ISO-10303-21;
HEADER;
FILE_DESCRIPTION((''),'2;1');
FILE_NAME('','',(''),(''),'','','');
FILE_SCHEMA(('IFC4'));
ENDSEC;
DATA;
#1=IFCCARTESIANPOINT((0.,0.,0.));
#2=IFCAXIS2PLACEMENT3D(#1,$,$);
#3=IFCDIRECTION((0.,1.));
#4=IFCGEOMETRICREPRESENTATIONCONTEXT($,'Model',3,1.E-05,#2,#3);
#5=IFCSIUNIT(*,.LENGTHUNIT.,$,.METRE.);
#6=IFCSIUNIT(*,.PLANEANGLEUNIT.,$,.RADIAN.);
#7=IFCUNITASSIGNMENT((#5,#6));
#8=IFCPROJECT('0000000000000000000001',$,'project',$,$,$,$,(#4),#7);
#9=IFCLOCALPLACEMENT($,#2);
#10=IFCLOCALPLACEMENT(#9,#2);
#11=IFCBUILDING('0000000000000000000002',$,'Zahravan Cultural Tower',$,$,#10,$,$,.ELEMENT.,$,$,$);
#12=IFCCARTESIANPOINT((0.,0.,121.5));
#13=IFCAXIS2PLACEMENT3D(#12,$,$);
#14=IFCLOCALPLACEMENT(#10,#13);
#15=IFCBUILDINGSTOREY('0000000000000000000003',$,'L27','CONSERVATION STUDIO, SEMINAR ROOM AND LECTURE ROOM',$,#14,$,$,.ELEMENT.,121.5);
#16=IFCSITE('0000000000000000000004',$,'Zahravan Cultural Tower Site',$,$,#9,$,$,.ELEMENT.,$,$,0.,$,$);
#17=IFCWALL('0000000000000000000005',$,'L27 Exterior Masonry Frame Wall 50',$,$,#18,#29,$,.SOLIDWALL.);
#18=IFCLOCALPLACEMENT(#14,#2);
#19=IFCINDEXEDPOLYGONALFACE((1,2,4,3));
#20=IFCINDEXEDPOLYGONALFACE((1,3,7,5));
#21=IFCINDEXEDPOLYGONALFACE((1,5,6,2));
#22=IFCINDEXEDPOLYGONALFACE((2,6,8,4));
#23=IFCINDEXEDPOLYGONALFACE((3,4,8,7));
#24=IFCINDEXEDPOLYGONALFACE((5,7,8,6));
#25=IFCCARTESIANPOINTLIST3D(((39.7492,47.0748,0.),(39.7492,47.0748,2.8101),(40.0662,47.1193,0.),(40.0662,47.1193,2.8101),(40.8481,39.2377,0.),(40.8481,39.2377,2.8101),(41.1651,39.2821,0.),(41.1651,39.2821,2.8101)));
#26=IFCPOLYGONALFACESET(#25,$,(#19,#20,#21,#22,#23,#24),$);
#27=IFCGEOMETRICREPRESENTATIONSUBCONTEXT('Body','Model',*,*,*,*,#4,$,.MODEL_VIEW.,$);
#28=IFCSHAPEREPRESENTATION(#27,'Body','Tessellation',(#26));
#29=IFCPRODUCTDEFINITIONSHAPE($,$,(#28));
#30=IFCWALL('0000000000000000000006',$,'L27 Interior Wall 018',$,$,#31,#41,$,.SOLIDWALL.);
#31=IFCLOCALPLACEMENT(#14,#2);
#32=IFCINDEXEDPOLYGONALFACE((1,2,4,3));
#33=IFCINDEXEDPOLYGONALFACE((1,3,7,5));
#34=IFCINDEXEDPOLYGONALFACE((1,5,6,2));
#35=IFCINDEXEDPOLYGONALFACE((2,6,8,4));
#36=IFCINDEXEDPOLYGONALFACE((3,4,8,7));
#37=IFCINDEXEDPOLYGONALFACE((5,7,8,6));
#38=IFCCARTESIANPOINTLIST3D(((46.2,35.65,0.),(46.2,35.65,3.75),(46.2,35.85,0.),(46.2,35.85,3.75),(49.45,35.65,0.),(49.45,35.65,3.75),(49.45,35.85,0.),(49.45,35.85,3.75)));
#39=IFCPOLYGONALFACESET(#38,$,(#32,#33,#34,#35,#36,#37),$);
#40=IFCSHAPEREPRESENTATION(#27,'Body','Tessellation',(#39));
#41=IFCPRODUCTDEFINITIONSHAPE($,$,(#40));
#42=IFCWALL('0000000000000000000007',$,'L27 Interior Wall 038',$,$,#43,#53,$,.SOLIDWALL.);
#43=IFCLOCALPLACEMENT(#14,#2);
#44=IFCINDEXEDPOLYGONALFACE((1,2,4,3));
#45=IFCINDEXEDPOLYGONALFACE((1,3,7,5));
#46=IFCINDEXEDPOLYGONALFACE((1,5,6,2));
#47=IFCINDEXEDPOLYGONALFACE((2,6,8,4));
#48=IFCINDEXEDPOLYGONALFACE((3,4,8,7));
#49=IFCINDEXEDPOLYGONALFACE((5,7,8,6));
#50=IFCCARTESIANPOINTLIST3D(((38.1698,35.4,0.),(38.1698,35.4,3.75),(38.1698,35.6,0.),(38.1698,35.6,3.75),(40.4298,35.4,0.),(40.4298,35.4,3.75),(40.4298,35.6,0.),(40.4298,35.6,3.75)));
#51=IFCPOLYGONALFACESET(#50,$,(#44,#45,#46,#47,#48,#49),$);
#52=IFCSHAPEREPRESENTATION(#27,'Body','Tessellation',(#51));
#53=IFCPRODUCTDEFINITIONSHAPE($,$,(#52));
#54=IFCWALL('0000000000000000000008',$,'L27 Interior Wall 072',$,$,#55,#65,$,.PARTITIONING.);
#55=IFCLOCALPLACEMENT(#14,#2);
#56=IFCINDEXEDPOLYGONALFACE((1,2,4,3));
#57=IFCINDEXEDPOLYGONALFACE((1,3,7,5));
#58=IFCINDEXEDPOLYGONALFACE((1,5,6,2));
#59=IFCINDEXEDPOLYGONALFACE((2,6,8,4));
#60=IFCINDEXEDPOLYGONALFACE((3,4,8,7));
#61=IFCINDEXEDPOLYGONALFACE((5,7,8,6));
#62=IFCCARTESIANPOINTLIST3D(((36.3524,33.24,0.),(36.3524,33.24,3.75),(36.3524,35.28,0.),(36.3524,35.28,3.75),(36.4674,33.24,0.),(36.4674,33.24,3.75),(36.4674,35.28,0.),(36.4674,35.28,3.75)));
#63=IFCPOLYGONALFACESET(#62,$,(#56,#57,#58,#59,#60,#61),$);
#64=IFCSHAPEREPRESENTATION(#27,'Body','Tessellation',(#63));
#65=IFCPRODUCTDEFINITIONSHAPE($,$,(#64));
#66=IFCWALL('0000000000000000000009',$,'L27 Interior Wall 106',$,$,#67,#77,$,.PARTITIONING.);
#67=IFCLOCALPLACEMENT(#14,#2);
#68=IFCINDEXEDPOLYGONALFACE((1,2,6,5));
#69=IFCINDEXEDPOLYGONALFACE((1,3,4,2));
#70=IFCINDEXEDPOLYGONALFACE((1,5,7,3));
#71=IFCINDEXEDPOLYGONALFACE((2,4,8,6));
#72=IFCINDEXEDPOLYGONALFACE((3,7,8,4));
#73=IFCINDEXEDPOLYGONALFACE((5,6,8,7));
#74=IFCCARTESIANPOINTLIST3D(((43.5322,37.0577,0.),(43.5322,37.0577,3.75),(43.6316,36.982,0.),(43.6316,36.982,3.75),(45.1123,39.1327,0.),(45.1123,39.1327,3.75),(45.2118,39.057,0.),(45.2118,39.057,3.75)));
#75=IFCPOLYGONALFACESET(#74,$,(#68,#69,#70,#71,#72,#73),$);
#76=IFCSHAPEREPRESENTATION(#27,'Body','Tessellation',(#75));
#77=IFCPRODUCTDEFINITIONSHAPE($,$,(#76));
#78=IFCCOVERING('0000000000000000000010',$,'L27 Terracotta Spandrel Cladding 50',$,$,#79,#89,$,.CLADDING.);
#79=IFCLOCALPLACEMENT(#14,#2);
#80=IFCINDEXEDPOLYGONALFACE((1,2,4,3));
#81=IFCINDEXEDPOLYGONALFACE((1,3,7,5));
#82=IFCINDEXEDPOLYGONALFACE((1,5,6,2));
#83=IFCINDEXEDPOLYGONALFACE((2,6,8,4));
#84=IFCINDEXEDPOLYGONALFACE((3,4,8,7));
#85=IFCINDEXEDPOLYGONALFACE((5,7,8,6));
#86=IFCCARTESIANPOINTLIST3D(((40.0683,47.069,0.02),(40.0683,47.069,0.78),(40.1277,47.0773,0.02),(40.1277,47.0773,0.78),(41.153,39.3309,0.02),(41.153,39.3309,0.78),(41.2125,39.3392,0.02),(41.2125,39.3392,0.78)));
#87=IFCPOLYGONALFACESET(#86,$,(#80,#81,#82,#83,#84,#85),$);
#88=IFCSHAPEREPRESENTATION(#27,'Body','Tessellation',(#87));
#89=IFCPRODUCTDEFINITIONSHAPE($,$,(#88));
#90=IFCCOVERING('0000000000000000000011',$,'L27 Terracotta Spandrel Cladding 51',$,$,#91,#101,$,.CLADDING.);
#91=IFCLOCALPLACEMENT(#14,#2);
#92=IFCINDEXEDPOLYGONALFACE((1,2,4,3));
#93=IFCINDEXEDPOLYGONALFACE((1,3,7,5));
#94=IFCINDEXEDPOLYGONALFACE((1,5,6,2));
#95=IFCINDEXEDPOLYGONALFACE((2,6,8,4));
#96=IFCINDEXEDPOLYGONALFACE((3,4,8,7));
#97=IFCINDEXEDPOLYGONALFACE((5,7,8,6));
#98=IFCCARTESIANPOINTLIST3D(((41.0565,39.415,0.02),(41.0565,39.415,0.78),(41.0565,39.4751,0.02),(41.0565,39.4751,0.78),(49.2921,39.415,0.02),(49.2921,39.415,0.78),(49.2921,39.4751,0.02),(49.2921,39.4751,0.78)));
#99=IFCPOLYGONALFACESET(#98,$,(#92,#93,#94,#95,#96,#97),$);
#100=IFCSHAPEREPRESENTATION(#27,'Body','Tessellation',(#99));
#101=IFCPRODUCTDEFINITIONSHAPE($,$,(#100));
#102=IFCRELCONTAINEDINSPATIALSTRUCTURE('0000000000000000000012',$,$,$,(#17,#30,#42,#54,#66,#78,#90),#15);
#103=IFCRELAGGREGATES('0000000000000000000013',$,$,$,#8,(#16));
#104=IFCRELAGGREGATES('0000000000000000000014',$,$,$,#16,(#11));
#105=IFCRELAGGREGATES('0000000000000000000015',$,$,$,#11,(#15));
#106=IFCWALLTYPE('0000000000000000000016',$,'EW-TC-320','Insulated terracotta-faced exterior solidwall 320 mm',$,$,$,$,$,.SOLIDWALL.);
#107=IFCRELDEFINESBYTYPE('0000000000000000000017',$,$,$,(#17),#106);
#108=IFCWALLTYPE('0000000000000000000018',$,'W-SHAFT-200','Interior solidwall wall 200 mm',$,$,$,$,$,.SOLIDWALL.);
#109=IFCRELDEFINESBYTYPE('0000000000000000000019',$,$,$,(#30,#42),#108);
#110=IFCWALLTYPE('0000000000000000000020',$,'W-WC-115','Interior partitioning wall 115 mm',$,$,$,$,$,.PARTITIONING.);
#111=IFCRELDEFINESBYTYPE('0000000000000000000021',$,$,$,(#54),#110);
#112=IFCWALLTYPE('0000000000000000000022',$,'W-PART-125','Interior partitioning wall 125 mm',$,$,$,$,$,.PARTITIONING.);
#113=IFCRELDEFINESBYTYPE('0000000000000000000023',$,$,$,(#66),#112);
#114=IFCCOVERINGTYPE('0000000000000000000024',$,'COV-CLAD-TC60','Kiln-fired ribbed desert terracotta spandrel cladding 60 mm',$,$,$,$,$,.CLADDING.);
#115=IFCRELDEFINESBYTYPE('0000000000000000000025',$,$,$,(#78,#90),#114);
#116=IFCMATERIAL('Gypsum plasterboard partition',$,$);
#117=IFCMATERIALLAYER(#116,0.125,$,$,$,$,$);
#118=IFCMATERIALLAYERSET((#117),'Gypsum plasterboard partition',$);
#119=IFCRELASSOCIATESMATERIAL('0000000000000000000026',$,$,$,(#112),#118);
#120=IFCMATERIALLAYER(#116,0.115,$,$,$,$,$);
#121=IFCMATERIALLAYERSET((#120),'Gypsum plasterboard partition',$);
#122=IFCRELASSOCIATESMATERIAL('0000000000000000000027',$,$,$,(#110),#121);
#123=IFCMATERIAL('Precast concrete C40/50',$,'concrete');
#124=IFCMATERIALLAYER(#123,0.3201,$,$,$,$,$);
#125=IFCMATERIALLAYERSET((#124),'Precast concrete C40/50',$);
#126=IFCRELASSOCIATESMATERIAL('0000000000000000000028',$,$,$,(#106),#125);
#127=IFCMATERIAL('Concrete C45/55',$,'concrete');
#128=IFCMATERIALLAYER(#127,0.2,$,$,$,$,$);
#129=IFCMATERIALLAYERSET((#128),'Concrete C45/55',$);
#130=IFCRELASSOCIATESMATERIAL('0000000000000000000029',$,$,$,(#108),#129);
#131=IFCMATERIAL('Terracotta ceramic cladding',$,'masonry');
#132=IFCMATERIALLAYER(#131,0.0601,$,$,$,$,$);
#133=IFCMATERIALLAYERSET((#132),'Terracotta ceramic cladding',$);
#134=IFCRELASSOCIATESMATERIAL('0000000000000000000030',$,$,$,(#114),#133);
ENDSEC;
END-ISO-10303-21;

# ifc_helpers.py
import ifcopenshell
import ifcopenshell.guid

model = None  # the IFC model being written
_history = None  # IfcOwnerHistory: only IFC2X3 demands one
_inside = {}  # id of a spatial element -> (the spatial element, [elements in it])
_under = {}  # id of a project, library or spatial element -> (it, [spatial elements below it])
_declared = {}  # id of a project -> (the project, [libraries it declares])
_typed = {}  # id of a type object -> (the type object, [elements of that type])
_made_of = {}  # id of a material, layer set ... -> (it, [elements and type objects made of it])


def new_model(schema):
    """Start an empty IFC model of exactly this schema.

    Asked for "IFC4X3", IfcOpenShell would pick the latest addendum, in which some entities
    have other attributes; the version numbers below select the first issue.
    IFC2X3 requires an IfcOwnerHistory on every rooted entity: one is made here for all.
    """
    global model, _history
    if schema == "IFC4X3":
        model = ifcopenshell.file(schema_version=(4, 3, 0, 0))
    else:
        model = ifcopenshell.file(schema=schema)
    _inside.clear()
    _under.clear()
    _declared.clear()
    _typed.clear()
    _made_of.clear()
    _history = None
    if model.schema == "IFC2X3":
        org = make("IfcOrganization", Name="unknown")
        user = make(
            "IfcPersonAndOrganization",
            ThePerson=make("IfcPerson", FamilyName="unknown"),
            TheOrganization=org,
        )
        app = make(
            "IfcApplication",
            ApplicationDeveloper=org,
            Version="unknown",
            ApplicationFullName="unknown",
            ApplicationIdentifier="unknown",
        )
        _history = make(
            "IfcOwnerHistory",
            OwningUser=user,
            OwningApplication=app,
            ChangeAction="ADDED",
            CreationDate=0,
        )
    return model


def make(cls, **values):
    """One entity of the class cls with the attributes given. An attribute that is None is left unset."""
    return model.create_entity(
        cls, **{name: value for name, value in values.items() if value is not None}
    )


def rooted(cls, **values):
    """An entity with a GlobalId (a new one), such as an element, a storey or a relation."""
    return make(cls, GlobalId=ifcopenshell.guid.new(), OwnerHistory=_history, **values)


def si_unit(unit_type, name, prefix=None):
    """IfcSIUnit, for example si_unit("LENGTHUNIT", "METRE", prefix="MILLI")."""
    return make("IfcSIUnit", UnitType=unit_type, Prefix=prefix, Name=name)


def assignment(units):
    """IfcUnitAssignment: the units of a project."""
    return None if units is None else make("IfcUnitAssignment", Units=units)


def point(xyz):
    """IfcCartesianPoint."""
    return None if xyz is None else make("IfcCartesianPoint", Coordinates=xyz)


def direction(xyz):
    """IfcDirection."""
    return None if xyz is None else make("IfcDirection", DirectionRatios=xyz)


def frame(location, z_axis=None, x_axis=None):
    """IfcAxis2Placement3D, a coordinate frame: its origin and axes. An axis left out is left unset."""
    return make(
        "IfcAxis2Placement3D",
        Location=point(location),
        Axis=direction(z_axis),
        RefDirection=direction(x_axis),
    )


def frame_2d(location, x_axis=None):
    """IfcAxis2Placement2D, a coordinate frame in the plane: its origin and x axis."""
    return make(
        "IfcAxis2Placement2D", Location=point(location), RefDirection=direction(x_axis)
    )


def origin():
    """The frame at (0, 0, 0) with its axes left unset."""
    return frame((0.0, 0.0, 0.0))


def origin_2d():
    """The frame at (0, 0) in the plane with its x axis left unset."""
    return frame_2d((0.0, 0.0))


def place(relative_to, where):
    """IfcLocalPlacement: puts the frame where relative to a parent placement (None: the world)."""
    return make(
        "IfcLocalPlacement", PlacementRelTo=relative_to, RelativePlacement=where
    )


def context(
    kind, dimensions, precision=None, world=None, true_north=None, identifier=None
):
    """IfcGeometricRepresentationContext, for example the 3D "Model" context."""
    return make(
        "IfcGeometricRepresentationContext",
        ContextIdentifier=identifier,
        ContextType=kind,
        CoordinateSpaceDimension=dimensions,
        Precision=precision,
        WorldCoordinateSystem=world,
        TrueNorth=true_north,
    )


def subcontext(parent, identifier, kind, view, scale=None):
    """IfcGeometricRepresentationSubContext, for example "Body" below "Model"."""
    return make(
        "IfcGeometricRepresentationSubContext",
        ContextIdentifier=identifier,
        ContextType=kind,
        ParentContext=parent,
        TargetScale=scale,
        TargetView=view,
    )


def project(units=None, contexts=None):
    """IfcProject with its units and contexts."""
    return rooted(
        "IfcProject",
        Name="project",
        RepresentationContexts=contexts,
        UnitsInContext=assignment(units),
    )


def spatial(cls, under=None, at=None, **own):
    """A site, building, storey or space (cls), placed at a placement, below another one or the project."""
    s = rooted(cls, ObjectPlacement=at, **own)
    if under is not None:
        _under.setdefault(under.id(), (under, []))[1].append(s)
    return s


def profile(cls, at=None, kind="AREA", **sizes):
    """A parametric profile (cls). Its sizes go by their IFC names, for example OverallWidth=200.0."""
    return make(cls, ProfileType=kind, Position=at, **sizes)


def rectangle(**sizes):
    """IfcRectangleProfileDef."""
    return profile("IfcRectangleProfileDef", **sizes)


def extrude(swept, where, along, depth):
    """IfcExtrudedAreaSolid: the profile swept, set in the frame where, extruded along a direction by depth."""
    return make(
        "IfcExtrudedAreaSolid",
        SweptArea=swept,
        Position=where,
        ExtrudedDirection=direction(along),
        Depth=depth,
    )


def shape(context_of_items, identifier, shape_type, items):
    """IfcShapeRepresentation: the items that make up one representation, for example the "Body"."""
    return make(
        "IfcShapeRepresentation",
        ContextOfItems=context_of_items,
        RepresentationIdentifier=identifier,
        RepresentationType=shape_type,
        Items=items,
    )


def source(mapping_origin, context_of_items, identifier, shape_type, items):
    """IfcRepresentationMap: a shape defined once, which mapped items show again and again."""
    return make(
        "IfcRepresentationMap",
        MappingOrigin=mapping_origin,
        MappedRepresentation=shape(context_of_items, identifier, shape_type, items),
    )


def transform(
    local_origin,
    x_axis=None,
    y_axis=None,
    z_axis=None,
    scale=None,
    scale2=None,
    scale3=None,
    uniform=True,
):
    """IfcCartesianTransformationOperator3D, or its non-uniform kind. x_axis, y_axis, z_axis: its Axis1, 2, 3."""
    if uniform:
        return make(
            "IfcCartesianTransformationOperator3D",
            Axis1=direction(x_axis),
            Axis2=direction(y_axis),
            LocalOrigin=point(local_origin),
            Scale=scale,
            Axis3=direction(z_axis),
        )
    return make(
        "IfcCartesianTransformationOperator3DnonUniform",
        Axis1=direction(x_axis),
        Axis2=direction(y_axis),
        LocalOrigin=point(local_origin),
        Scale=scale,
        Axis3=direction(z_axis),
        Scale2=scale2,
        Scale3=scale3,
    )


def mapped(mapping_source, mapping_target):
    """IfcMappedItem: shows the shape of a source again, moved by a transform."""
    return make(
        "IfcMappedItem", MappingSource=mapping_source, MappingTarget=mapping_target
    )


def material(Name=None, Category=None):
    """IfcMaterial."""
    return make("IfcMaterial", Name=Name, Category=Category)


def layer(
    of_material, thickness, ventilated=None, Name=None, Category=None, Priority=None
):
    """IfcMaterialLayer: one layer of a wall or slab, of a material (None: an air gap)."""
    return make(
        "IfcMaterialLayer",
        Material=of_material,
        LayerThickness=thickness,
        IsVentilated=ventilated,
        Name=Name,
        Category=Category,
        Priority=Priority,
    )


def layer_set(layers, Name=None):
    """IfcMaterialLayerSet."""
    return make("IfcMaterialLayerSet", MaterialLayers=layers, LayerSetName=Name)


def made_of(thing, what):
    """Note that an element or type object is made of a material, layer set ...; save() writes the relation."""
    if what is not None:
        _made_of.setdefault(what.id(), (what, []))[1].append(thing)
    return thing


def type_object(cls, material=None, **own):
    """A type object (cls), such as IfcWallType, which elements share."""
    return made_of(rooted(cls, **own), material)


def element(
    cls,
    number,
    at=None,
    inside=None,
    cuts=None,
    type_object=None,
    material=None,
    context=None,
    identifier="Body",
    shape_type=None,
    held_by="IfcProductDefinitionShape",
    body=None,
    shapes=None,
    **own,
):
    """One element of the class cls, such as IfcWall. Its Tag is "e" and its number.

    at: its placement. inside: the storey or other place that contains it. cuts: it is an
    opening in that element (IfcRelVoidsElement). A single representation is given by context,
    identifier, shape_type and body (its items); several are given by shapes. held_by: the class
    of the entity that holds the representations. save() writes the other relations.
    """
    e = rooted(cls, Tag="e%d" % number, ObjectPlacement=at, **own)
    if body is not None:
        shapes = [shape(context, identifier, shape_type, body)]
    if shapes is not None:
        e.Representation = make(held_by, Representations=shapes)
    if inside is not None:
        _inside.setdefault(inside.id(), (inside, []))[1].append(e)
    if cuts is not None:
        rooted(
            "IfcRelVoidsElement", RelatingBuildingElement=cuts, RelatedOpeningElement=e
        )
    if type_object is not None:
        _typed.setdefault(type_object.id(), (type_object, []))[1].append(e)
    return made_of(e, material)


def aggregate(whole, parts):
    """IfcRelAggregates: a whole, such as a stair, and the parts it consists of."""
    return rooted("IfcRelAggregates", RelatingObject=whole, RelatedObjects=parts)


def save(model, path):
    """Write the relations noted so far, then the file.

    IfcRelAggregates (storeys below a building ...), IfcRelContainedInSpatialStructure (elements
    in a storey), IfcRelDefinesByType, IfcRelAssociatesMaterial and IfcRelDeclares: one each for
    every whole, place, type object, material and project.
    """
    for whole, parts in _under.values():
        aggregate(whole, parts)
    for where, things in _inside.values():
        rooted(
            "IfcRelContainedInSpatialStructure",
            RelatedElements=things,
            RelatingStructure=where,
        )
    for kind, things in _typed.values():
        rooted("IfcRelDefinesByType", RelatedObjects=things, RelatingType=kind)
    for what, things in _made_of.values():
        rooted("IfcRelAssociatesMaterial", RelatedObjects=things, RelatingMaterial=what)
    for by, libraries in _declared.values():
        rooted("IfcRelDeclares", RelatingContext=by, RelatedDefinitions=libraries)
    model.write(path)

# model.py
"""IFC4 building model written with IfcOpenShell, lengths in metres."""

from ifc_helpers import new_model, si_unit, direction, frame, frame_2d, origin, origin_2d, place, context, subcontext, project, spatial, rectangle, extrude, source, transform, mapped, material, layer, layer_set, type_object, element, save


model = new_model("IFC4")

# Units and contexts
model_context = context("Model", 3, precision=1e-05, world=origin(), true_north=direction((0.0, 1.0)))
body_context = subcontext(model_context, "Body", "Model", "MODEL_VIEW")
ifc_project = project(units=[si_unit("LENGTHUNIT", "METRE"), si_unit("PLANEANGLEUNIT", "RADIAN")], contexts=[model_context])

# Site, building, storey
site_placement = place(None, origin())
site = spatial("IfcSite", under=ifc_project, at=site_placement, Name="Zahravan Cultural Tower Site", CompositionType="ELEMENT", RefElevation=0.0)
building_placement = place(site_placement, origin())
building = spatial("IfcBuilding", under=site, at=building_placement, Name="Zahravan Cultural Tower", CompositionType="ELEMENT")
storey_placement = place(building_placement, frame((0.0, 0.0, 121.5)))
storey = spatial("IfcBuildingStorey", under=building, at=storey_placement, Name="L27", Description="CONSERVATION STUDIO, SEMINAR ROOM AND LECTURE ROOM", CompositionType="ELEMENT", Elevation=121.5)

# Shared definitions
ifc_material_1 = material(Name="Gypsum plasterboard partition")
ifc_layer_1 = layer(ifc_material_1, 0.125)
ifc_layer_set_1 = layer_set([ifc_layer_1], Name="Gypsum plasterboard partition")
wall_type_1 = type_object("IfcWallType", Name="W-PART-125", Description="Interior partitioning wall 125 mm", PredefinedType="PARTITIONING", material=ifc_layer_set_1)
ifc_layer_2 = layer(ifc_material_1, 0.115)
ifc_layer_set_2 = layer_set([ifc_layer_2], Name="Gypsum plasterboard partition")
wall_type_2 = type_object("IfcWallType", Name="W-WC-115", Description="Interior partitioning wall 115 mm", PredefinedType="PARTITIONING", material=ifc_layer_set_2)

# Walls
ifc_material_2 = material(Name="Precast concrete C40/50", Category="concrete")
ifc_layer_3 = layer(ifc_material_2, 0.3201)
ifc_layer_set_3 = layer_set([ifc_layer_3], Name="Precast concrete C40/50")
wall_type_3 = type_object("IfcWallType", Name="EW-TC-320", Description="Insulated terracotta-faced exterior solidwall 320 mm", PredefinedType="SOLIDWALL", material=ifc_layer_set_3)
shared_shape_1 = source(origin(), body_context, "Body", "SweptSolid", [
    extrude(rectangle(XDim=7.9138, YDim=0.3201, at=frame_2d((3.957, 0.0))), origin(), (0.0, 0.0, 1.0), 2.8101),
])
wall_1_placement = place(storey_placement, frame((39.9077, 47.0972, 0.0), z_axis=(0.0, 0.0, 1.0), x_axis=(0.138855, -0.990313, 0.0)))
element("IfcWall", 1, at=wall_1_placement, inside=storey, type_object=wall_type_3, Name="L27 Exterior Masonry Frame Wall 50", PredefinedType="SOLIDWALL", context=body_context, shape_type="MappedRepresentation", body=[
    mapped(shared_shape_1, transform((0.0, 0.0, 0.0), x_axis=(1.0, 0.0, 0.0), y_axis=(0.0, 1.0, 0.0), z_axis=(0.0, 0.0, 1.0), scale=1.0)),
])
ifc_material_3 = material(Name="Concrete C45/55", Category="concrete")
ifc_layer_4 = layer(ifc_material_3, 0.2)
ifc_layer_set_4 = layer_set([ifc_layer_4], Name="Concrete C45/55")
wall_type_4 = type_object("IfcWallType", Name="W-SHAFT-200", Description="Interior solidwall wall 200 mm", PredefinedType="SOLIDWALL", material=ifc_layer_set_4)
shared_shape_2 = source(origin(), body_context, "Body", "SweptSolid", [
    extrude(rectangle(XDim=3.25, YDim=0.2, at=frame_2d((1.625, 0.0))), origin(), (0.0, 0.0, 1.0), 3.75),
])
wall_2_placement = place(storey_placement, frame((46.2, 35.75, 0.0), z_axis=(0.0, 0.0, 1.0), x_axis=(1.0, 0.0, 0.0)))
element("IfcWall", 2, at=wall_2_placement, inside=storey, type_object=wall_type_4, Name="L27 Interior Wall 018", PredefinedType="SOLIDWALL", context=body_context, shape_type="MappedRepresentation", body=[
    mapped(shared_shape_2, transform((0.0, 0.0, 0.0), x_axis=(1.0, 0.0, 0.0), y_axis=(0.0, 1.0, 0.0), z_axis=(0.0, 0.0, 1.0), scale=1.0)),
])
shared_shape_3 = source(origin(), body_context, "Body", "SweptSolid", [
    extrude(rectangle(XDim=2.26, YDim=0.2, at=frame_2d((1.1299, 0.0))), origin(), (0.0, 0.0, 1.0), 3.75),
])
wall_3_placement = place(storey_placement, frame((38.1699, 35.5, 0.0), z_axis=(0.0, 0.0, 1.0), x_axis=(1.0, 0.0, 0.0)))
element("IfcWall", 3, at=wall_3_placement, inside=storey, type_object=wall_type_4, Name="L27 Interior Wall 038", PredefinedType="SOLIDWALL", context=body_context, shape_type="MappedRepresentation", body=[
    mapped(shared_shape_3, transform((0.0, 0.0, 0.0), x_axis=(1.0, 0.0, 0.0), y_axis=(0.0, 1.0, 0.0), z_axis=(0.0, 0.0, 1.0), scale=1.0)),
])
shared_shape_4 = source(origin(), body_context, "Body", "SweptSolid", [
    extrude(rectangle(XDim=2.04, YDim=0.115, at=frame_2d((1.02, 0.0))), origin(), (0.0, 0.0, 1.0), 3.75),
])
wall_4_placement = place(storey_placement, frame((36.4099, 35.28, 0.0), z_axis=(0.0, 0.0, 1.0), x_axis=(0.0, -1.0, 0.0)))
element("IfcWall", 4, at=wall_4_placement, inside=storey, type_object=wall_type_2, Name="L27 Interior Wall 072", PredefinedType="PARTITIONING", context=body_context, shape_type="MappedRepresentation", body=[
    mapped(shared_shape_4, transform((0.0, 0.0, 0.0), x_axis=(1.0, 0.0, 0.0), y_axis=(0.0, 1.0, 0.0), z_axis=(0.0, 0.0, 1.0), scale=1.0)),
])
shared_shape_5 = source(origin(), body_context, "Body", "SweptSolid", [
    extrude(rectangle(XDim=2.6082, YDim=0.125, at=frame_2d((1.3042, 0.0))), origin(), (0.0, 0.0, 1.0), 3.75),
])
wall_5_placement = place(storey_placement, frame((45.1621, 39.095, 0.0), z_axis=(0.0, 0.0, 1.0), x_axis=(-0.60584, -0.795586, 0.0)))
element("IfcWall", 5, at=wall_5_placement, inside=storey, type_object=wall_type_1, Name="L27 Interior Wall 106", PredefinedType="PARTITIONING", context=body_context, shape_type="MappedRepresentation", body=[
    mapped(shared_shape_5, transform((0.0, 0.0, 0.0), x_axis=(1.0, 0.0, 0.0), y_axis=(0.0, 1.0, 0.0), z_axis=(0.0, 0.0, 1.0), scale=1.0)),
])

# Coverings
ifc_material_4 = material(Name="Terracotta ceramic cladding", Category="masonry")
ifc_layer_5 = layer(ifc_material_4, 0.0601)
ifc_layer_set_5 = layer_set([ifc_layer_5], Name="Terracotta ceramic cladding")
covering_type = type_object("IfcCoveringType", Name="COV-CLAD-TC60", Description="Kiln-fired ribbed desert terracotta spandrel cladding 60 mm", PredefinedType="CLADDING", material=ifc_layer_set_5)
shared_shape_6 = source(origin(), body_context, "Body", "SweptSolid", [
    extrude(rectangle(XDim=7.8137, YDim=0.0601, at=origin_2d()), origin(), (0.0, 0.0, 1.0), 0.76),
])
covering_1_placement = place(storey_placement, frame((40.6404, 43.2041, 0.02), z_axis=(0.0, 0.0, 1.0), x_axis=(0.138827, -0.990317, 0.0)))
element("IfcCovering", 6, at=covering_1_placement, inside=storey, type_object=covering_type, Name="L27 Terracotta Spandrel Cladding 50", PredefinedType="CLADDING", context=body_context, shape_type="MappedRepresentation", body=[
    mapped(shared_shape_6, transform((0.0, 0.0, 0.0), x_axis=(1.0, 0.0, 0.0), y_axis=(0.0, 1.0, 0.0), z_axis=(0.0, 0.0, 1.0), scale=1.0)),
])
shared_shape_7 = source(origin(), body_context, "Body", "SweptSolid", [
    extrude(rectangle(XDim=8.2356, YDim=0.0601, at=origin_2d()), origin(), (0.0, 0.0, 1.0), 0.76),
])
covering_2_placement = place(storey_placement, frame((45.1743, 39.4451, 0.02), z_axis=(0.0, 0.0, 1.0), x_axis=(1.0, 0.0, 0.0)))
element("IfcCovering", 7, at=covering_2_placement, inside=storey, type_object=covering_type, Name="L27 Terracotta Spandrel Cladding 51", PredefinedType="CLADDING", context=body_context, shape_type="MappedRepresentation", body=[
    mapped(shared_shape_7, transform((0.0, 0.0, 0.0), x_axis=(1.0, 0.0, 0.0), y_axis=(0.0, 1.0, 0.0), z_axis=(0.0, 0.0, 1.0), scale=1.0)),
])

save(model, "model.ifc")
